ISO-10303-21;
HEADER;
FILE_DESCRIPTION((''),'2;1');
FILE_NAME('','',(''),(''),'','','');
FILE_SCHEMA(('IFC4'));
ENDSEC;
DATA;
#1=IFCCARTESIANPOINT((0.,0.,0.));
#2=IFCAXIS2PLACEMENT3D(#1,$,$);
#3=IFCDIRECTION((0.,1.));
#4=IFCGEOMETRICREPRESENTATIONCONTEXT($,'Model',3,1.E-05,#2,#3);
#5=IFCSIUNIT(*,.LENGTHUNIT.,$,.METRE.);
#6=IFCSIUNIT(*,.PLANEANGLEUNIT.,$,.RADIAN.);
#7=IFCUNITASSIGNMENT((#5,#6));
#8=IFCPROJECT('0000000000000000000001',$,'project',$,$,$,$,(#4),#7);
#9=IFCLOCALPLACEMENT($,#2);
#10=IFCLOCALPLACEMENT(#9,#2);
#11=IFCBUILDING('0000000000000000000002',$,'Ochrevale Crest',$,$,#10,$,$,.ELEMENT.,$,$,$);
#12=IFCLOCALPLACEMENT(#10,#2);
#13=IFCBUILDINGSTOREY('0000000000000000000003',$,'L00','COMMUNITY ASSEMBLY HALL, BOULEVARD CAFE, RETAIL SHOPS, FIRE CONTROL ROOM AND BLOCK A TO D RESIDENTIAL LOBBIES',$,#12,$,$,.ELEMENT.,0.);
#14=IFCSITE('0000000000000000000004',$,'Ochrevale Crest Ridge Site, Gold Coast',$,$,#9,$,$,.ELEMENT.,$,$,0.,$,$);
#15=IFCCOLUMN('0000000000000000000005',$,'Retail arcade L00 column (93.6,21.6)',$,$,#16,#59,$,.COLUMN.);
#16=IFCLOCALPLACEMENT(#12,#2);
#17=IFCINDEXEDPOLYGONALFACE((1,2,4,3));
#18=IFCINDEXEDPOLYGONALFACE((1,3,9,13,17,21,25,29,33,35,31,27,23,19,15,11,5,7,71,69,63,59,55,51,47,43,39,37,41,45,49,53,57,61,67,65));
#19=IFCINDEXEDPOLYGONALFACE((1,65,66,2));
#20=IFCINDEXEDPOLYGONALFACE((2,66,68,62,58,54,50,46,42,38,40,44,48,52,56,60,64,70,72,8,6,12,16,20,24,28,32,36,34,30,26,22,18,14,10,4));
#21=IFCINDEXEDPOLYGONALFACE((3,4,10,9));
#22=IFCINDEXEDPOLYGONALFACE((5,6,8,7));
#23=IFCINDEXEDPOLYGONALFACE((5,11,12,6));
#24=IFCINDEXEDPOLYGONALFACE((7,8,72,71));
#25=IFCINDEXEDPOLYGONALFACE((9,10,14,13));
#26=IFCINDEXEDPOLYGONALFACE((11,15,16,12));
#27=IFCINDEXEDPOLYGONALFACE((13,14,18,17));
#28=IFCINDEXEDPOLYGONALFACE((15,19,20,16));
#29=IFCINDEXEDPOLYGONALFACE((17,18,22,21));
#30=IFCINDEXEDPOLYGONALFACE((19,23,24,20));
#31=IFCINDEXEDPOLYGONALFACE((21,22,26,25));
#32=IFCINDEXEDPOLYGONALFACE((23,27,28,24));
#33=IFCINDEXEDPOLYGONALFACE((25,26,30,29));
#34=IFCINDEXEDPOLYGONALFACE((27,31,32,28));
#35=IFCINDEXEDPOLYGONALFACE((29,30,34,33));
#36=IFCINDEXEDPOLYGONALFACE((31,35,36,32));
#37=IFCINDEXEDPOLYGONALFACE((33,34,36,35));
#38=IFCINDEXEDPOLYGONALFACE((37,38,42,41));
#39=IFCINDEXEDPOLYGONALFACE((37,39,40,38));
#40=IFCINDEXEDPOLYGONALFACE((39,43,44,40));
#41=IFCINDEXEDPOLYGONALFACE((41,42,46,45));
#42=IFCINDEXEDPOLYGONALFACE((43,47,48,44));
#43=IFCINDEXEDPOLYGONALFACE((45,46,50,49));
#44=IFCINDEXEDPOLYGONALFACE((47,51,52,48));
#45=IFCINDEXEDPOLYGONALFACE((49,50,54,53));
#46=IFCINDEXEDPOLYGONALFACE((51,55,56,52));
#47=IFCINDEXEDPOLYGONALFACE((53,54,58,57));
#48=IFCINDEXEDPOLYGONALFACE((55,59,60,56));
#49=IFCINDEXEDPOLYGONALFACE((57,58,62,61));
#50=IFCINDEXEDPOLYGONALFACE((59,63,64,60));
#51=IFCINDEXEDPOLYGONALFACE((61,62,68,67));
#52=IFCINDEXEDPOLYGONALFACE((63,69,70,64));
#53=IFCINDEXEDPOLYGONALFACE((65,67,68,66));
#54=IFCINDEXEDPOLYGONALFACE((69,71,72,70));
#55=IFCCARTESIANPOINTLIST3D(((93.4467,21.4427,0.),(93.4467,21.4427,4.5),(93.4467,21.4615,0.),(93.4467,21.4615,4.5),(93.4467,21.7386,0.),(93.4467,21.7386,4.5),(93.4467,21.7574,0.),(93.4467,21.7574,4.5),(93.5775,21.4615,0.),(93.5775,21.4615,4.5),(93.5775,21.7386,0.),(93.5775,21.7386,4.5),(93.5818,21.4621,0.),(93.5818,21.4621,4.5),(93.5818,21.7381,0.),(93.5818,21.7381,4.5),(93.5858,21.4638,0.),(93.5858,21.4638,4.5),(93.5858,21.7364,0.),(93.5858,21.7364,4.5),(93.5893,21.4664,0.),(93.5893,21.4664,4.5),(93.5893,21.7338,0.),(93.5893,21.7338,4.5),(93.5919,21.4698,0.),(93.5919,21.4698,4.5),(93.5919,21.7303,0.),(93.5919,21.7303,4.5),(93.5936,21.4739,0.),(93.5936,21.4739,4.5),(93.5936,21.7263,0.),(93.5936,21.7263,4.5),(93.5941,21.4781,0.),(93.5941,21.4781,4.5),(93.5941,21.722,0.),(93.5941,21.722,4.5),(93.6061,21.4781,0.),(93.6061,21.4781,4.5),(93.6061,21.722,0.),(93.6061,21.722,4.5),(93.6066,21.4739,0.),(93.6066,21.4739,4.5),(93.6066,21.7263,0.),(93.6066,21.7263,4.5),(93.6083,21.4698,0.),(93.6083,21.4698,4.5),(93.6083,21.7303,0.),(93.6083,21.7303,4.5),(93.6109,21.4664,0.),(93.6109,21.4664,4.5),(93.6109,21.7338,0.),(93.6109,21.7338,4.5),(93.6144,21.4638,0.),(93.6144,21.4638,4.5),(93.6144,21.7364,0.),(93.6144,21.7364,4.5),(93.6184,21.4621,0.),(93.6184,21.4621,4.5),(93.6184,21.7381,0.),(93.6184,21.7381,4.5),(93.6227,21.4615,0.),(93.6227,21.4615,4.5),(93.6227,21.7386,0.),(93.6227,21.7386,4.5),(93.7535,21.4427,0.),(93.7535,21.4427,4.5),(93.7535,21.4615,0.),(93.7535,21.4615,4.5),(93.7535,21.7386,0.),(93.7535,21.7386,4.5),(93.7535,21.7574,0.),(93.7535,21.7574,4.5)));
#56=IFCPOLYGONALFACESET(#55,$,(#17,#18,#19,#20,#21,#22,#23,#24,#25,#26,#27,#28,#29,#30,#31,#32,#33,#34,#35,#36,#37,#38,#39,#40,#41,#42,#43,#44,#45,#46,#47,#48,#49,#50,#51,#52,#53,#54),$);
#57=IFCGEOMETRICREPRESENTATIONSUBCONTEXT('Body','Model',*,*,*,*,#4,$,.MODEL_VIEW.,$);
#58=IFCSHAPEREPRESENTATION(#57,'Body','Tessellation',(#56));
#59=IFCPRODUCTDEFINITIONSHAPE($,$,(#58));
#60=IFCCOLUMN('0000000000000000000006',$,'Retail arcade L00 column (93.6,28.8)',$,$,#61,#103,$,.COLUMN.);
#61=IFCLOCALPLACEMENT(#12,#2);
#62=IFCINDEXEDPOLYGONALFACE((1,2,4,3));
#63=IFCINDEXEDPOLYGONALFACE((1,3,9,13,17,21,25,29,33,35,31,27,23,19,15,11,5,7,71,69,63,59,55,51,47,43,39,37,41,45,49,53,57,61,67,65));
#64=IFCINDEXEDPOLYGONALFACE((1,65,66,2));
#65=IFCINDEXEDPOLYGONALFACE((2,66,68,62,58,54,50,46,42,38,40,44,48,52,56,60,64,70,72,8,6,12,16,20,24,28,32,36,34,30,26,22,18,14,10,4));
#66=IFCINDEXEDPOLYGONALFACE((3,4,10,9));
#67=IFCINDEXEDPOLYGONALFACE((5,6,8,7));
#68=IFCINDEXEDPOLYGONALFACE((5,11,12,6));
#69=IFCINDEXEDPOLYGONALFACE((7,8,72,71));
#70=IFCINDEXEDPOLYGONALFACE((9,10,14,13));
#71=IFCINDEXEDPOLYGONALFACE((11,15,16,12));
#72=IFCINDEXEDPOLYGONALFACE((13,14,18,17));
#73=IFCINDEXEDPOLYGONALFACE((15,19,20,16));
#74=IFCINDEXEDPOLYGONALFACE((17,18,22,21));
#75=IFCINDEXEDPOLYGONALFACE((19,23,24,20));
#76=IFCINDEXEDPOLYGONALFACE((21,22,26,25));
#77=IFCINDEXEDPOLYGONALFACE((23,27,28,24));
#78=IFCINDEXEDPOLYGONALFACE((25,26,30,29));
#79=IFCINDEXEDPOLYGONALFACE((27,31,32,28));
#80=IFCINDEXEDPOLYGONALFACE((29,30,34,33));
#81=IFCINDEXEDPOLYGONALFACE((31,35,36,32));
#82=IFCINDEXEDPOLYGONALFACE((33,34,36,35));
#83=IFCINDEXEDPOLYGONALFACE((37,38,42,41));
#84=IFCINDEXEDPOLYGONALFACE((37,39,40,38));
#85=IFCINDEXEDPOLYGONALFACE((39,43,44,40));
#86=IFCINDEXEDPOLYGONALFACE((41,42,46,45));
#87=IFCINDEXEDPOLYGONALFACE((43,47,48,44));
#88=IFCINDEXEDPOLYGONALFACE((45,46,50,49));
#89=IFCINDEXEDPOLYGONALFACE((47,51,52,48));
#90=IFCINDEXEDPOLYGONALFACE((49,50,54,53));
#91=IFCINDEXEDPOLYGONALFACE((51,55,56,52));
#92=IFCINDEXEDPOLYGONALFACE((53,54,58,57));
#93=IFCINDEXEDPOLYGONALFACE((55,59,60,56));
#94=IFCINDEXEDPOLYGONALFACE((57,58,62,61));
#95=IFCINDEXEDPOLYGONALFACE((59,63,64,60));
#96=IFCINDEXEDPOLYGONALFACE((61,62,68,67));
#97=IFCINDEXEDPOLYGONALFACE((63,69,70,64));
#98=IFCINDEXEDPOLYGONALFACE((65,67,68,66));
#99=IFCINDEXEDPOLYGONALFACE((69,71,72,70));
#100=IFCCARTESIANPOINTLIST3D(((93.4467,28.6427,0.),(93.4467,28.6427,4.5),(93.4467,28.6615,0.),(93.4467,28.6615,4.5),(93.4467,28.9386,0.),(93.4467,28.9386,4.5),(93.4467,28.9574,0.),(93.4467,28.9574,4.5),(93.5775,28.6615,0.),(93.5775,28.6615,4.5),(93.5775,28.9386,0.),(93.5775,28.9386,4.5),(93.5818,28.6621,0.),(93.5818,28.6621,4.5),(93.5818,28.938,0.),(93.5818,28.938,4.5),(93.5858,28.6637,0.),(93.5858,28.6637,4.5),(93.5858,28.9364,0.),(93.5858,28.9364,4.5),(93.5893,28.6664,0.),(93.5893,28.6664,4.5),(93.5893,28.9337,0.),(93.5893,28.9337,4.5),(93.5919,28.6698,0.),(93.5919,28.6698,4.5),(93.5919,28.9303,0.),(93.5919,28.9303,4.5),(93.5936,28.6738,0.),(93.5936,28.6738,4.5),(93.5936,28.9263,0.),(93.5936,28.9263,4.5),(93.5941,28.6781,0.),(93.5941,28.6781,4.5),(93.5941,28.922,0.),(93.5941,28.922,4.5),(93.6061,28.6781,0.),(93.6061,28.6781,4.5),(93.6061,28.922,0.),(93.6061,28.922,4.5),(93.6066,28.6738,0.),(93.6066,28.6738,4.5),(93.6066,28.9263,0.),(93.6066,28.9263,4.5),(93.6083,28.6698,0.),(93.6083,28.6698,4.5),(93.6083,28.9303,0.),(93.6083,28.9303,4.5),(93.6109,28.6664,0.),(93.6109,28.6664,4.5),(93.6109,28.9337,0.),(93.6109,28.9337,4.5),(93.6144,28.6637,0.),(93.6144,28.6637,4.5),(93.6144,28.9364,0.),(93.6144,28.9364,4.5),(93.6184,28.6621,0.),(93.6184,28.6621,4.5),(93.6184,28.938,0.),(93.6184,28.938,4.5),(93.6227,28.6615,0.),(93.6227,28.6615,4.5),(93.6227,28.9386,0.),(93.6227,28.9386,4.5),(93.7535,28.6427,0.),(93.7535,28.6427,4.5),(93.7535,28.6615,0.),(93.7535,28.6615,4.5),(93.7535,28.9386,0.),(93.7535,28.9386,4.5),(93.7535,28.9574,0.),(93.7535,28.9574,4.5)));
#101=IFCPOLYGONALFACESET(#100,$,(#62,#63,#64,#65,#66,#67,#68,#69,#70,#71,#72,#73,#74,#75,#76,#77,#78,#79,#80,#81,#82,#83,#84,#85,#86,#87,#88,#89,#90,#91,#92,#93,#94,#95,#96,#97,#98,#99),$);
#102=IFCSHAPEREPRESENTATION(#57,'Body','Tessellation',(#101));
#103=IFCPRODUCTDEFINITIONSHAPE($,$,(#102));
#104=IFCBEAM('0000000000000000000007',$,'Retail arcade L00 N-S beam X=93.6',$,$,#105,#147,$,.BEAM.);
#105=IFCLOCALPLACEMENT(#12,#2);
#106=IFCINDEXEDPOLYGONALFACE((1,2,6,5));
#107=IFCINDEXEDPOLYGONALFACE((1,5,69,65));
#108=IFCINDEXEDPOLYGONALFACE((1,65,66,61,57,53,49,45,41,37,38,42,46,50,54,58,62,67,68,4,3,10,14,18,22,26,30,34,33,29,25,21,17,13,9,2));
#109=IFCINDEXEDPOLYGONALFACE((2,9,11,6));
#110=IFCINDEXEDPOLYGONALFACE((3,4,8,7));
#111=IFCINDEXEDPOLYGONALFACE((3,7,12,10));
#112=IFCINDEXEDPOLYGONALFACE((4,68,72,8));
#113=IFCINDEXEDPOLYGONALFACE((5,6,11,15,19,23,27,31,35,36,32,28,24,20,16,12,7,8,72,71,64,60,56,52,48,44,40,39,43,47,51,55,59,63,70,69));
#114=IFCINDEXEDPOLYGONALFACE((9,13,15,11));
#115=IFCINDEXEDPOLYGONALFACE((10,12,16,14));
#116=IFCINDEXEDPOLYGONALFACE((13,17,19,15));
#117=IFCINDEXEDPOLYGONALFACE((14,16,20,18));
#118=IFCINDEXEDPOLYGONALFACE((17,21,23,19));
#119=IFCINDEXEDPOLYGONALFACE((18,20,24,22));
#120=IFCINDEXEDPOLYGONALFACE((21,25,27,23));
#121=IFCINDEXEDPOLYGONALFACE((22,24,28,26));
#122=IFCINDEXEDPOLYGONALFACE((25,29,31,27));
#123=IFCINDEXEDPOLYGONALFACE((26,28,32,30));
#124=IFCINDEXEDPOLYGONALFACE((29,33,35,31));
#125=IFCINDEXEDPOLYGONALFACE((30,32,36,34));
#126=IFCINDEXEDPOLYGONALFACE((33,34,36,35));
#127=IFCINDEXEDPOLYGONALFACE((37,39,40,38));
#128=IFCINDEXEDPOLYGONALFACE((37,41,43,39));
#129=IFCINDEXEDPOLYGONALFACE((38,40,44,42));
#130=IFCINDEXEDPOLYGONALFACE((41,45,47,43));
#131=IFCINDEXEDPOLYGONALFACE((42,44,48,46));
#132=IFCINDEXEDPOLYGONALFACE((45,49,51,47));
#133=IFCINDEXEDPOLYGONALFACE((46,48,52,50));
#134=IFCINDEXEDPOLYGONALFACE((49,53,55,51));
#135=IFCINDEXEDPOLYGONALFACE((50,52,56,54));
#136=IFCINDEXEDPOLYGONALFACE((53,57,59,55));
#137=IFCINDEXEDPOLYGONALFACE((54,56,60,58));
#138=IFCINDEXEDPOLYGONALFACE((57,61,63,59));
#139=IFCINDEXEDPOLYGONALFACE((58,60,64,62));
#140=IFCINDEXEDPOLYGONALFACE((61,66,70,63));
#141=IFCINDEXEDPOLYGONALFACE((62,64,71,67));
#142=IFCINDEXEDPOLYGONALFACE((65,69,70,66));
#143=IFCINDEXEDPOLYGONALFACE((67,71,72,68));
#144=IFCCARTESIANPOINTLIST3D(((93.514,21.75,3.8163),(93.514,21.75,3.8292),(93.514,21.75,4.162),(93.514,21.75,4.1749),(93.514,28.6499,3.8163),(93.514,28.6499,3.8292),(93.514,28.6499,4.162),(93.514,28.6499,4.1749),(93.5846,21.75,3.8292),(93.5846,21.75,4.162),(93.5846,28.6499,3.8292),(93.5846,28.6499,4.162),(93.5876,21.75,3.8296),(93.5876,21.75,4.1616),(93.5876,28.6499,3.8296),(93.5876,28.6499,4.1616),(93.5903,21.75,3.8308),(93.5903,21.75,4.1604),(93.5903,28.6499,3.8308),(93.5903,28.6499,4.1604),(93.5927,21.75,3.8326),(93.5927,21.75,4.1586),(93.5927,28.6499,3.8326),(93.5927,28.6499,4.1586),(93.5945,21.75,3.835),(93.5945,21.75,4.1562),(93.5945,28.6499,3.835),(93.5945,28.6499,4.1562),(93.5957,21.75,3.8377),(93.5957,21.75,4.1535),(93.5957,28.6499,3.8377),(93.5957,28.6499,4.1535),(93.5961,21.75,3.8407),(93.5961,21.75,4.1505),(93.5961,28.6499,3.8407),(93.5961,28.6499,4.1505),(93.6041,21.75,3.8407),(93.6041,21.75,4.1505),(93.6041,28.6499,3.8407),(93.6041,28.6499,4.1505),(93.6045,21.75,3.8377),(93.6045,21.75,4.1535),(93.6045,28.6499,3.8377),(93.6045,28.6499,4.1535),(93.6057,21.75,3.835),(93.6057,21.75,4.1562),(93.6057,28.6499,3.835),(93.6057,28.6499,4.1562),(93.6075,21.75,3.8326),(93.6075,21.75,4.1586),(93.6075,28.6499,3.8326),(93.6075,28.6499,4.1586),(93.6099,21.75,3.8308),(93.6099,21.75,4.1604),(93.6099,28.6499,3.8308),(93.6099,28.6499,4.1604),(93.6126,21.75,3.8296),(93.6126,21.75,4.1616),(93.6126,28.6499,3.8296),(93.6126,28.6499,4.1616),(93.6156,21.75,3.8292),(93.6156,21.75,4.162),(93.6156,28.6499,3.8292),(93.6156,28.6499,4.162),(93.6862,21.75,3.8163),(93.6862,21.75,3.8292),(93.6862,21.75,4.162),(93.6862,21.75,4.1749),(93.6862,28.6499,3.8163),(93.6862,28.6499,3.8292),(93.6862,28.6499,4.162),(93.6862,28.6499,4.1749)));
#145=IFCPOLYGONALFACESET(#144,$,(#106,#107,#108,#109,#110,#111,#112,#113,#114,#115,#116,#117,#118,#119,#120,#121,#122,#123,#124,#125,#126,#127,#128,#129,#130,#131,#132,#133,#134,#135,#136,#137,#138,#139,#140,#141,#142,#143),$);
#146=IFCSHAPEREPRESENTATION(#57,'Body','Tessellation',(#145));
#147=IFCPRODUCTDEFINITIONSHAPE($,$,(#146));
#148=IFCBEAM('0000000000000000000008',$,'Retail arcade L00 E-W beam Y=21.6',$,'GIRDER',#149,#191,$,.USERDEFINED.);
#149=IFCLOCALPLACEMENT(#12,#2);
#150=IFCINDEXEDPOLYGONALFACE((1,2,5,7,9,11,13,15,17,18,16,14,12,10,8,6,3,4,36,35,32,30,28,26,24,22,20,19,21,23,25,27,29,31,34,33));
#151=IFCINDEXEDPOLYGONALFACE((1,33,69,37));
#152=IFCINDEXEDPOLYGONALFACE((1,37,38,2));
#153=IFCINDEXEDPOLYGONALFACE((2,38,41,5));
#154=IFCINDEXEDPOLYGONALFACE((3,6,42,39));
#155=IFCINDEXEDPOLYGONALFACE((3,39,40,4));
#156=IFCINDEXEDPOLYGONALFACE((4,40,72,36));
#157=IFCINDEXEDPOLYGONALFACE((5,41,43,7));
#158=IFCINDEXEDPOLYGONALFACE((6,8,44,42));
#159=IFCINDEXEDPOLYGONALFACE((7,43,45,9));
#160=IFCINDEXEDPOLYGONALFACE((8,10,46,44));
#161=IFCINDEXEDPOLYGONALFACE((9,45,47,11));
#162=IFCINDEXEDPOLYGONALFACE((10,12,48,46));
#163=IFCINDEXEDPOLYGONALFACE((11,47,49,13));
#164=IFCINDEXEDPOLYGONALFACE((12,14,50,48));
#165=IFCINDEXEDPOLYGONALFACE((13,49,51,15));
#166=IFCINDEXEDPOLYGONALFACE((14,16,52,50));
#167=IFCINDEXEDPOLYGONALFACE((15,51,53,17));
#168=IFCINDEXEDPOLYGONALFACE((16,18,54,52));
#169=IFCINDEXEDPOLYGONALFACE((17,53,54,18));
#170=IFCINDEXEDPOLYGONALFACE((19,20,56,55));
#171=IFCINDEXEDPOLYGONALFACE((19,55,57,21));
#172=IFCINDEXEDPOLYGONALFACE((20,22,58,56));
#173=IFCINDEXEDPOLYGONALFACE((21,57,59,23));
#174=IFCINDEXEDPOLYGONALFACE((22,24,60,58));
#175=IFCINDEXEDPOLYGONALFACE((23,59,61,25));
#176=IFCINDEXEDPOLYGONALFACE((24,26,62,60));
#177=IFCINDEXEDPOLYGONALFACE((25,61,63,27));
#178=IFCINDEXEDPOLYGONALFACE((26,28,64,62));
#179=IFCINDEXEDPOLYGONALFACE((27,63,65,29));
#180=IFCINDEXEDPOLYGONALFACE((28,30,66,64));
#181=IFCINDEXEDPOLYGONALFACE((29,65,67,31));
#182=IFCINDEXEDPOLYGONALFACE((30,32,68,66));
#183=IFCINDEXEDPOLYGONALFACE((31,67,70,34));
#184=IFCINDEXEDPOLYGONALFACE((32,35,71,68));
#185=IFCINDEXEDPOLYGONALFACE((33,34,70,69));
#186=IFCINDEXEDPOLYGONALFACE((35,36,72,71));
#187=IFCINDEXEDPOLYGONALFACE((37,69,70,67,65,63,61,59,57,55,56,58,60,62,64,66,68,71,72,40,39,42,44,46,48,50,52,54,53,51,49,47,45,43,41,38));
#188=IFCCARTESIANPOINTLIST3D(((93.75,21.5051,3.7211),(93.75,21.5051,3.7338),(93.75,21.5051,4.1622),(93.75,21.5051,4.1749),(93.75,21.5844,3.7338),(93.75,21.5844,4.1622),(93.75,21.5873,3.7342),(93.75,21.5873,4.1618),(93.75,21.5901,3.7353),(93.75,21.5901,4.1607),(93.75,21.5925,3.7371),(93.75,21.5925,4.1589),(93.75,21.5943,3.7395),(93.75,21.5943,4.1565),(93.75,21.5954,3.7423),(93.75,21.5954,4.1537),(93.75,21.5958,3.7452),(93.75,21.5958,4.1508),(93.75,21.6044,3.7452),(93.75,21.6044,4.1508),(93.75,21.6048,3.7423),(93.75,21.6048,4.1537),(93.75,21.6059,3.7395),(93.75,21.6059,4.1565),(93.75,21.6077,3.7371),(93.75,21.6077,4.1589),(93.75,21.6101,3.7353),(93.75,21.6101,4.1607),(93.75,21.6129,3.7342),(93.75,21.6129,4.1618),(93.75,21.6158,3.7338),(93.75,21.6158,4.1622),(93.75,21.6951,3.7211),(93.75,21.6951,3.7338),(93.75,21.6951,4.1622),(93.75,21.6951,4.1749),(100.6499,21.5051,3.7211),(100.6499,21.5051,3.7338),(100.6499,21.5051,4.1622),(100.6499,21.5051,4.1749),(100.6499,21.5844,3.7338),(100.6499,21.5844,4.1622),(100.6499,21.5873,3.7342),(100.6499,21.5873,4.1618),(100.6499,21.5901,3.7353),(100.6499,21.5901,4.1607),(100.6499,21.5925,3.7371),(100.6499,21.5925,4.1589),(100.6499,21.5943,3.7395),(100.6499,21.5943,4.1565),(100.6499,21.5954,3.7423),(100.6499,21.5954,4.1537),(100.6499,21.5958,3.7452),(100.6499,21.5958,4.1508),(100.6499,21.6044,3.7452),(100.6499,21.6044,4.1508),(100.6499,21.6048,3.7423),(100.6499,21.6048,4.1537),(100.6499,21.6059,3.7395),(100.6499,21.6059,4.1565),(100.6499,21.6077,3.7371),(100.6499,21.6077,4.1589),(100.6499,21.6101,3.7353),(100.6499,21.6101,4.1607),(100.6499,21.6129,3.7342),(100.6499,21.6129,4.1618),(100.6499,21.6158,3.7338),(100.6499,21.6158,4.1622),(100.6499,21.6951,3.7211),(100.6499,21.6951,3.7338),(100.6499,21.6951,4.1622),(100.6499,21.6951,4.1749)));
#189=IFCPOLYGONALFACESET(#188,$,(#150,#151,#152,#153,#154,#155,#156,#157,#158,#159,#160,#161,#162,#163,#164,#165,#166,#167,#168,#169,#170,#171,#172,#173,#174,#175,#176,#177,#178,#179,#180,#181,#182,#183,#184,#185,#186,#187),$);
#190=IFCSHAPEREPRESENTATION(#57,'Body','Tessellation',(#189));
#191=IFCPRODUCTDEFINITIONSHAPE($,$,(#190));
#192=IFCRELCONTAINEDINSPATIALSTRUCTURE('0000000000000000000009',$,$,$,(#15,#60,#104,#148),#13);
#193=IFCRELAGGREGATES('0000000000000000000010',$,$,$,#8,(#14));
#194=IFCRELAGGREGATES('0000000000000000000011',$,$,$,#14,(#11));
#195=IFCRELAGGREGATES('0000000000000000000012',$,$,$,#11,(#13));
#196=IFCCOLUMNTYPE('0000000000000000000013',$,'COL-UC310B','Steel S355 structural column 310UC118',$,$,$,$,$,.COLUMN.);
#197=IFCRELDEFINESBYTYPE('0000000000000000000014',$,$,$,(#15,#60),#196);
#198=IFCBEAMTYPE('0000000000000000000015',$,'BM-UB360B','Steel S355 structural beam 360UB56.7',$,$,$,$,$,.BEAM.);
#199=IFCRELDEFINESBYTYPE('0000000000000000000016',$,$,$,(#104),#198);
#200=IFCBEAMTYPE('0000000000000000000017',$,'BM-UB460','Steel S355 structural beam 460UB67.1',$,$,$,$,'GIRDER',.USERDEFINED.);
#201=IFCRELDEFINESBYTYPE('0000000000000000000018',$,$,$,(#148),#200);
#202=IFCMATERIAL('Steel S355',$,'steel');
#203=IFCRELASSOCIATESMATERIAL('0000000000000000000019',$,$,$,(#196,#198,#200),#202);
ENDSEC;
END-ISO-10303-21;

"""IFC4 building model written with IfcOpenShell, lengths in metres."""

from ifc_helpers import new_model, si_unit, direction, frame, origin, origin_2d, place, context, subcontext, project, spatial, i_section, extrude, material, material_profile, profile_set, type_object, element, save


model = new_model("IFC4")

# Units and contexts
model_context = context("Model", 3, precision=1e-05, world=origin(), true_north=direction((0.0, 1.0)))
body_context = subcontext(model_context, "Body", "Model", "MODEL_VIEW")
ifc_project = project(units=[si_unit("LENGTHUNIT", "METRE"), si_unit("PLANEANGLEUNIT", "RADIAN")], contexts=[model_context])

# Site, building, storey
site_placement = place(None, origin())
site = spatial("IfcSite", under=ifc_project, at=site_placement, Name="Ochrevale Crest Ridge Site, Gold Coast", CompositionType="ELEMENT", RefElevation=0.0)
building_placement = place(site_placement, origin())
building = spatial("IfcBuilding", under=site, at=building_placement, Name="Ochrevale Crest", CompositionType="ELEMENT")
storey_placement = place(building_placement, origin())
storey = spatial("IfcBuildingStorey", under=building, at=storey_placement, Name="L00", Description="COMMUNITY ASSEMBLY HALL, BOULEVARD CAFE, RETAIL SHOPS, FIRE CONTROL ROOM AND BLOCK A TO D RESIDENTIAL LOBBIES", CompositionType="ELEMENT", Elevation=0.0)

# Columns
ifc_material_1 = material(Name="Steel S355", Category="steel")
ifc_material_profile_1 = material_profile(ifc_material_1, i_section(OverallWidth=0.3069, OverallDepth=0.3147, WebThickness=0.012, FlangeThickness=0.0188, FilletRadius=0.0166, at=origin_2d()), Name="310UC118")
ifc_profile_set_1 = profile_set([ifc_material_profile_1], Name="Steel S355")
column_type = type_object("IfcColumnType", Name="COL-UC310B", Description="Steel S355 structural column 310UC118", PredefinedType="COLUMN", material=ifc_profile_set_1)
for number, where, z_axis, x_axis, name in (
    (1, (93.6001, 21.6001, 0.0), (0.0, 0.0, 1.0), (1.0, 0.0, 0.0), "Retail arcade L00 column (93.6,21.6)"),
    (2, (93.6001, 28.8, 0.0), (0.0, 0.0, 1.0), (1.0, 0.0, 0.0), "Retail arcade L00 column (93.6,28.8)"),
):
    element("IfcColumn", number, at=place(storey_placement, frame(where, z_axis=z_axis, x_axis=x_axis)), inside=storey, type_object=column_type, Name=name, PredefinedType="COLUMN", context=body_context, shape_type="SweptSolid", body=[
        extrude(i_section(OverallWidth=0.3069, OverallDepth=0.3147, WebThickness=0.012, FlangeThickness=0.0188, FilletRadius=0.0166, at=origin_2d()), origin(), (0.0, 0.0, 1.0), 4.5),
    ])

# Beams
ifc_material_profile_2 = material_profile(ifc_material_1, i_section(OverallWidth=0.1721, OverallDepth=0.3586, WebThickness=0.0081, FlangeThickness=0.0129, FilletRadius=0.0115, at=origin_2d()), Name="360UB56.7")
ifc_profile_set_2 = profile_set([ifc_material_profile_2], Name="Steel S355")
beam_type_1 = type_object("IfcBeamType", Name="BM-UB360B", Description="Steel S355 structural beam 360UB56.7", PredefinedType="BEAM", material=ifc_profile_set_2)
beam_placement = place(storey_placement, frame((93.6001, 21.75, 3.9956), z_axis=(0.0, 1.0, 0.0), x_axis=(-1.0, 0.0, 0.0)))
element("IfcBeam", 3, at=beam_placement, inside=storey, type_object=beam_type_1, Name="Retail arcade L00 N-S beam X=93.6", PredefinedType="BEAM", context=body_context, shape_type="SweptSolid", body=[
    extrude(i_section(OverallWidth=0.1721, OverallDepth=0.3586, WebThickness=0.0081, FlangeThickness=0.0129, FilletRadius=0.0115, at=origin_2d()), origin(), (0.0, 0.0, 1.0), 6.8999),
])
ifc_material_profile_3 = material_profile(ifc_material_1, i_section(OverallWidth=0.1899, OverallDepth=0.4539, WebThickness=0.0085, FlangeThickness=0.0127, FilletRadius=0.0115, at=origin_2d()), Name="460UB67.1")
ifc_profile_set_3 = profile_set([ifc_material_profile_3], Name="Steel S355")
beam_type_2 = type_object("IfcBeamType", Name="BM-UB460", Description="Steel S355 structural beam 460UB67.1", ElementType="GIRDER", PredefinedType="USERDEFINED", material=ifc_profile_set_3)
for number, where, z_axis, x_axis, name in (
    (4, (93.75, 21.6001, 3.948), (1.0, 0.0, 0.0), (0.0, 1.0, 0.0), "Retail arcade L00 E-W beam Y=21.6"),
):
    element("IfcBeam", number, at=place(storey_placement, frame(where, z_axis=z_axis, x_axis=x_axis)), inside=storey, type_object=beam_type_2, Name=name, ObjectType="GIRDER", PredefinedType="USERDEFINED", context=body_context, shape_type="SweptSolid", body=[
        extrude(i_section(OverallWidth=0.1899, OverallDepth=0.4539, WebThickness=0.0085, FlangeThickness=0.0127, FilletRadius=0.0115, at=origin_2d()), origin(), (0.0, 0.0, 1.0), 6.8999),
    ])

save(model, "model.ifc")
